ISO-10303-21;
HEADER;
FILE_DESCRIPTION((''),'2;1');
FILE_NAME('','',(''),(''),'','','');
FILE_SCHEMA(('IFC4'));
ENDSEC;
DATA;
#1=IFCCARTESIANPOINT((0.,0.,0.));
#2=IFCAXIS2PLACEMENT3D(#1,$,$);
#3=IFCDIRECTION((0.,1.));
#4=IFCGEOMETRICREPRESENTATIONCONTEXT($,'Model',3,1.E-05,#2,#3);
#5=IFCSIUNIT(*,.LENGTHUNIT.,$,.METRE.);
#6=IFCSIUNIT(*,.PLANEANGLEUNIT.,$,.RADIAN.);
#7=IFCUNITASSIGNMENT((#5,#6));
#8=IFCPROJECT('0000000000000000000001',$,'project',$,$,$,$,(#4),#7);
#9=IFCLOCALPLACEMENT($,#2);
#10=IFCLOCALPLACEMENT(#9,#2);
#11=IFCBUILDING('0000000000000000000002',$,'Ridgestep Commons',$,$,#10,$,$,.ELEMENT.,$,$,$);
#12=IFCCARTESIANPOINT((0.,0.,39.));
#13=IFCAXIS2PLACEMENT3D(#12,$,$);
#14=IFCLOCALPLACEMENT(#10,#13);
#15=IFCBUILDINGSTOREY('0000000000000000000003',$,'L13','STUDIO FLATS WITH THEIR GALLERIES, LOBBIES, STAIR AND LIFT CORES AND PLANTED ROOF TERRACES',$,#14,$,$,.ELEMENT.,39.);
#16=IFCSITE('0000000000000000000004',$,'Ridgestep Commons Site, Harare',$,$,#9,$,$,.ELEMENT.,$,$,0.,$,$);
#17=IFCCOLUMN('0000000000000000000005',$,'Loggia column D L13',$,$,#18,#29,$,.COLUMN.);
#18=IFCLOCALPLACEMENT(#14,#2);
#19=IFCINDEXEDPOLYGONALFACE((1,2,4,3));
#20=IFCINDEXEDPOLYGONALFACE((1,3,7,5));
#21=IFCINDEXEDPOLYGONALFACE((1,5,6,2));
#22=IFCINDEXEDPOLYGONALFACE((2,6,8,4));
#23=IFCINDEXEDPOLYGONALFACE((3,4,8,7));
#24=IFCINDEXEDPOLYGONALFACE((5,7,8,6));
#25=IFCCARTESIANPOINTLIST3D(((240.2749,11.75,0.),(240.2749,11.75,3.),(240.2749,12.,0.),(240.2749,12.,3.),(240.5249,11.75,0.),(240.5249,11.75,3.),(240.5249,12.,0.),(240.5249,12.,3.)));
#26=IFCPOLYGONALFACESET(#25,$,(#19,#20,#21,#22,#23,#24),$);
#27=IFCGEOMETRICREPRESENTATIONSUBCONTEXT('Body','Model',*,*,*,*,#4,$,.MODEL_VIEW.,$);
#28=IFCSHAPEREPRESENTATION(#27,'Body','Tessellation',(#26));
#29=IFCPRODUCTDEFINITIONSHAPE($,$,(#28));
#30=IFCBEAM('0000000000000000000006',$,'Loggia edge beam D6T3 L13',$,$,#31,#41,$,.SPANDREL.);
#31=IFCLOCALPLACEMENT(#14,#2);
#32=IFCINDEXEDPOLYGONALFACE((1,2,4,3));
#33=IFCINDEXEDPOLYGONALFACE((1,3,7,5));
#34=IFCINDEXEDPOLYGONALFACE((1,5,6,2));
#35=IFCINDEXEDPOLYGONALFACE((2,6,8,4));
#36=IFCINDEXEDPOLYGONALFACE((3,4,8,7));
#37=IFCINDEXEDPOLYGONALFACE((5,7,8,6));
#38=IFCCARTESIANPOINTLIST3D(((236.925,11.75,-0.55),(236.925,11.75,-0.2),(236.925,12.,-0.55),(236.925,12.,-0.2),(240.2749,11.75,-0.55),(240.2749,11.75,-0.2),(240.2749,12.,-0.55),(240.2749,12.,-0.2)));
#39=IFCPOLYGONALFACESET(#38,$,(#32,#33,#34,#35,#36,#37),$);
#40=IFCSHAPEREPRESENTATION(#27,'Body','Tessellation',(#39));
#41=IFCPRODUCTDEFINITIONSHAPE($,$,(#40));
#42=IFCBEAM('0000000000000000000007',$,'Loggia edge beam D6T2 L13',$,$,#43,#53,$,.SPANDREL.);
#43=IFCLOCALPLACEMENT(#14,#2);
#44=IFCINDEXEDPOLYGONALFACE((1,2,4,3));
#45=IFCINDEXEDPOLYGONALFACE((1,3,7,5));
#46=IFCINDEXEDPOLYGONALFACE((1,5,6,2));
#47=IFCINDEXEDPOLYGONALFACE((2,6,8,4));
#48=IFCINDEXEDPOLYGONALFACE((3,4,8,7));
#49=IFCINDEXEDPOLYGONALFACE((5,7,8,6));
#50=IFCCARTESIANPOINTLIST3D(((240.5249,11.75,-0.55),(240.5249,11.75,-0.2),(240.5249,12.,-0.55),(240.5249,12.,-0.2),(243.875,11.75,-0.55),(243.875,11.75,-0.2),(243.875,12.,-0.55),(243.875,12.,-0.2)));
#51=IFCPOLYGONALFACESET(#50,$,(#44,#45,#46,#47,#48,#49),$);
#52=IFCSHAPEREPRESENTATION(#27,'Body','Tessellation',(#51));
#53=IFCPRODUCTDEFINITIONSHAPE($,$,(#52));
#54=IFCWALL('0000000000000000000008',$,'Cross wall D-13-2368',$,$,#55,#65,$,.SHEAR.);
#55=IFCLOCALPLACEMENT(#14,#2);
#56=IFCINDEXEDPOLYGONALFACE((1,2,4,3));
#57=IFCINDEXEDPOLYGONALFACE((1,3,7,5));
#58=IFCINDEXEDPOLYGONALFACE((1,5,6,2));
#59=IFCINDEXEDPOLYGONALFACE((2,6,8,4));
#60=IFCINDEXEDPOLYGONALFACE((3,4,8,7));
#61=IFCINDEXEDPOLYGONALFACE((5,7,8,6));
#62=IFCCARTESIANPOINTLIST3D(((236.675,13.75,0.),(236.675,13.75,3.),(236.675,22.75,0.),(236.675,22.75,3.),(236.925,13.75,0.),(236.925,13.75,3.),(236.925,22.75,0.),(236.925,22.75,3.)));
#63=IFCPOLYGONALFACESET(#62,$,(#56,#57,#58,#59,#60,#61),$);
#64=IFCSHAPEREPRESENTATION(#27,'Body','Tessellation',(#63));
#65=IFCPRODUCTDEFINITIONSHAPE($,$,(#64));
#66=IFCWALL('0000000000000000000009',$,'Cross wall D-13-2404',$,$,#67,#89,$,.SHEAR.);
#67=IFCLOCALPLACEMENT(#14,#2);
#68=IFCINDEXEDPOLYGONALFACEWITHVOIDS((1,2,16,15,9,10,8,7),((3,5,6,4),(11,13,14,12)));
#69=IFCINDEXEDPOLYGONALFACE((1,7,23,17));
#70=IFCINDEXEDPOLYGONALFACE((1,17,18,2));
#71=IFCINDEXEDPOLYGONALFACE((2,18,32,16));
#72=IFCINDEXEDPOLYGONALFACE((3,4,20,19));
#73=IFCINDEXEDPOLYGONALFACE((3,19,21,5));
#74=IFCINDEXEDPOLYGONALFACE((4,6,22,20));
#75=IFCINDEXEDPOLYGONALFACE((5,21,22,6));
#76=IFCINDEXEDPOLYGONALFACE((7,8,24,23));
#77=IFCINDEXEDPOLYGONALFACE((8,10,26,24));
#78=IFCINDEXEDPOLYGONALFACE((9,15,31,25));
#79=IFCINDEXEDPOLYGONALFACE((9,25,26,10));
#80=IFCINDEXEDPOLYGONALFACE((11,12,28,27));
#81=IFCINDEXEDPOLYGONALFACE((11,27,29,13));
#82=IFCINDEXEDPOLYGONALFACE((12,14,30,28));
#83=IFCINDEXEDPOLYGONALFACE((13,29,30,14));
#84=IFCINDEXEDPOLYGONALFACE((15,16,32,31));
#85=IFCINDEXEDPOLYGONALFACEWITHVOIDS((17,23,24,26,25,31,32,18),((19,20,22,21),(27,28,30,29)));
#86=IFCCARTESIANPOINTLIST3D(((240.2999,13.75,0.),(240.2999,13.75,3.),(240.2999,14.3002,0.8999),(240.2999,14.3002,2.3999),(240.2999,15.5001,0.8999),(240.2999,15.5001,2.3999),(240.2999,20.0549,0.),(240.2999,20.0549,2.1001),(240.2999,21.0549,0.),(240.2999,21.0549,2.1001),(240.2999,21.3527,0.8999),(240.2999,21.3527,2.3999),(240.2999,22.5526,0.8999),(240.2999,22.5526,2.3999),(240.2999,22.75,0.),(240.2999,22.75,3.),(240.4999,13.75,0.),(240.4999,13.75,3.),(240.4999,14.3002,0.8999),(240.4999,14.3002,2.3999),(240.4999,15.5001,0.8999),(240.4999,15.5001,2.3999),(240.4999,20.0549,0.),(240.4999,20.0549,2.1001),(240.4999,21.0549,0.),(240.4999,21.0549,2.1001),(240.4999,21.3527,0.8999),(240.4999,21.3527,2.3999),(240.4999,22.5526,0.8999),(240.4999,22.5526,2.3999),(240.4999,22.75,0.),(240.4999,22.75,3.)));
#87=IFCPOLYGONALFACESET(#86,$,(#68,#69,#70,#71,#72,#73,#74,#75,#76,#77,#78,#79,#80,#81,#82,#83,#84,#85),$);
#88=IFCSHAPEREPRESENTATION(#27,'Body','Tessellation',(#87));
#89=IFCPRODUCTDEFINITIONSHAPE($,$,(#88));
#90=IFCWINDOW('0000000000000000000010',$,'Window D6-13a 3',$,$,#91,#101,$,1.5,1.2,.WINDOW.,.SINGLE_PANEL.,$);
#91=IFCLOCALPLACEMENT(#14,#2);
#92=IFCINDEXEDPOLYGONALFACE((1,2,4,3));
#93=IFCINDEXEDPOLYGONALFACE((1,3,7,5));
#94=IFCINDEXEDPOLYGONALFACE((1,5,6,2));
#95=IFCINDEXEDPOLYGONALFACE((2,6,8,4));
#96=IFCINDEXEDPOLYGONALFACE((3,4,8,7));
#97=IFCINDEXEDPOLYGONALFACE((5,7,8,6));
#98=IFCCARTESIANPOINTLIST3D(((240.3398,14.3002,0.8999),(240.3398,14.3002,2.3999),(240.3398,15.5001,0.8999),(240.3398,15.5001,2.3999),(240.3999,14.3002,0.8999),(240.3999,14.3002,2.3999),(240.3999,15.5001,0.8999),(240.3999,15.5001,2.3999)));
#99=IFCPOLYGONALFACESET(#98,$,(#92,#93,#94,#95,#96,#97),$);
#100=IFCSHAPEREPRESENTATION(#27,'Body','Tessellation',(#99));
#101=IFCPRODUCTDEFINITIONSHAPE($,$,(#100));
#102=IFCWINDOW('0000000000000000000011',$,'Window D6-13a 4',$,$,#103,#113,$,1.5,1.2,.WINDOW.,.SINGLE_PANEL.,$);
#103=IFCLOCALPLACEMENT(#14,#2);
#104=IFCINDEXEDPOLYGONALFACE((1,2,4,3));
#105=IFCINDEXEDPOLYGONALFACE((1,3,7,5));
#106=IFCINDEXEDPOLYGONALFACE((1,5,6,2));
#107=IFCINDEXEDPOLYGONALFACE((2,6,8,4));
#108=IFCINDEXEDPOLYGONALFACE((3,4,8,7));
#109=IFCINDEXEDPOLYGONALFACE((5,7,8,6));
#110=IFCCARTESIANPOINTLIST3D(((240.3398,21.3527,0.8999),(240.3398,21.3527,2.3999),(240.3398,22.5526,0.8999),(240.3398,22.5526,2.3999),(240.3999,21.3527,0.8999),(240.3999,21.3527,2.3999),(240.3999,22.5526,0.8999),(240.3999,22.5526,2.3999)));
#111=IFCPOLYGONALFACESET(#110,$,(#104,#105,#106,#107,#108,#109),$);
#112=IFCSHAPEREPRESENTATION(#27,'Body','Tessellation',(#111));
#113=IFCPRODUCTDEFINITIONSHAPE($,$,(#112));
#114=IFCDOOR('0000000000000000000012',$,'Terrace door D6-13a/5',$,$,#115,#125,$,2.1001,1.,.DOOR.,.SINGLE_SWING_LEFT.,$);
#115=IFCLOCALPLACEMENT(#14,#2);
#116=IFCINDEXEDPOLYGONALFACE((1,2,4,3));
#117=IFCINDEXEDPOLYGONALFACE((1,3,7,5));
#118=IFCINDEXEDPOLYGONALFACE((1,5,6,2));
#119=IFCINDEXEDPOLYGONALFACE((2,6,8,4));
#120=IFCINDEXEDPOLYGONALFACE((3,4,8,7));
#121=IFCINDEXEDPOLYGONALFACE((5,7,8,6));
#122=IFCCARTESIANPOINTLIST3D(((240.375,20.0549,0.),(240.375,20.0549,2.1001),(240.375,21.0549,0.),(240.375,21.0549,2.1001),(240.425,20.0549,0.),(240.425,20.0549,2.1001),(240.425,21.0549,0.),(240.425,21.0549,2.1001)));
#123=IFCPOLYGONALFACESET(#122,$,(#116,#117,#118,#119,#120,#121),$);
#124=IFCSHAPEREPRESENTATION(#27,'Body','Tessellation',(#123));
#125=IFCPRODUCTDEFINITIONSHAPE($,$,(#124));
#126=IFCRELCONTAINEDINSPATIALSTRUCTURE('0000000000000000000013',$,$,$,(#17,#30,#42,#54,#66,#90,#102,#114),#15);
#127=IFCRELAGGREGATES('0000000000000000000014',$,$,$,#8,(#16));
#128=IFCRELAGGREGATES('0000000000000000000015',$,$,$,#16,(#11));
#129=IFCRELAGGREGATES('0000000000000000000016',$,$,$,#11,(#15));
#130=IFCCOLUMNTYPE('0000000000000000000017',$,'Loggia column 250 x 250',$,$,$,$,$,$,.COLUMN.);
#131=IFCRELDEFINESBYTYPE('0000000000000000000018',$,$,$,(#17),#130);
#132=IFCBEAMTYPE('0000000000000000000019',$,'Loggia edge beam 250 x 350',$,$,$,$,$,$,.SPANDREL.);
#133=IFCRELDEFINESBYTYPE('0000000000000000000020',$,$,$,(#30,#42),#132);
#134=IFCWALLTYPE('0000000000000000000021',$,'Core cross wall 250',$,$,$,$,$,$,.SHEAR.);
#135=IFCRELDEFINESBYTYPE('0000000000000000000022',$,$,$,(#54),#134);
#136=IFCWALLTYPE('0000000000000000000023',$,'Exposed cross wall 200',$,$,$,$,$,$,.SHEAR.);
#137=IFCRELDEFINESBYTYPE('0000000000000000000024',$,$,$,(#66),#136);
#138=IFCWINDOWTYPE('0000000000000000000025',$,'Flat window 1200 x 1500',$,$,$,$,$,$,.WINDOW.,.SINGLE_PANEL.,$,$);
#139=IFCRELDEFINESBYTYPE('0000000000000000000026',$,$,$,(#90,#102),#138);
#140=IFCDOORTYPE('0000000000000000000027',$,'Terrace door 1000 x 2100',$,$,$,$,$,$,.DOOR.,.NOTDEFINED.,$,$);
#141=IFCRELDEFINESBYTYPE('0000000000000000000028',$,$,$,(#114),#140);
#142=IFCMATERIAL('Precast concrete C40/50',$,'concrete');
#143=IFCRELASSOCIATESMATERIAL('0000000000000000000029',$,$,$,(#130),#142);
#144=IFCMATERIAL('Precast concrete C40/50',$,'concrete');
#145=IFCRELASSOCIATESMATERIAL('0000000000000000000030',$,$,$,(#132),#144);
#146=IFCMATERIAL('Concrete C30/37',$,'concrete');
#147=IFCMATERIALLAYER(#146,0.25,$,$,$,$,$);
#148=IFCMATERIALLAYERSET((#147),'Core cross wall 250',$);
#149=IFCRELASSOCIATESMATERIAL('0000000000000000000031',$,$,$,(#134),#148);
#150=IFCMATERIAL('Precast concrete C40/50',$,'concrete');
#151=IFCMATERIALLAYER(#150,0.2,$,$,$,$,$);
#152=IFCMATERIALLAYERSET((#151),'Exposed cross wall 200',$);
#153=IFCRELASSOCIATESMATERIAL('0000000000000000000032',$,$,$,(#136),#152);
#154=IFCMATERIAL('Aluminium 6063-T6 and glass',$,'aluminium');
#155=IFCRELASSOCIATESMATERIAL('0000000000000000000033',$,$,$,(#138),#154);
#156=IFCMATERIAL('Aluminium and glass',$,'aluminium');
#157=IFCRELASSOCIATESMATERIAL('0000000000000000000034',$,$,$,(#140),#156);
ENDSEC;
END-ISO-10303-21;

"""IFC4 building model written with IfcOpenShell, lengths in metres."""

from ifc_helpers import new_model, si_unit, direction, frame, frame_2d, origin, origin_2d, place, context, subcontext, project, spatial, rectangle, extrude, material, layer, layer_set, material_profile, profile_set, type_object, element, fill, save


model = new_model("IFC4")

# Units and contexts
model_context = context("Model", 3, precision=1e-05, world=origin(), true_north=direction((0.0, 1.0)))
body_context = subcontext(model_context, "Body", "Model", "MODEL_VIEW")
ifc_project = project(units=[si_unit("LENGTHUNIT", "METRE"), si_unit("PLANEANGLEUNIT", "RADIAN")], contexts=[model_context])

# Site, building, storey
site_placement = place(None, origin())
site = spatial("IfcSite", under=ifc_project, at=site_placement, Name="Ridgestep Commons Site, Harare", CompositionType="ELEMENT", RefElevation=0.0)
building_placement = place(site_placement, origin())
building = spatial("IfcBuilding", under=site, at=building_placement, Name="Ridgestep Commons", CompositionType="ELEMENT")
storey_placement = place(building_placement, frame((0.0, 0.0, 39.0)))
storey = spatial("IfcBuildingStorey", under=building, at=storey_placement, Name="L13", Description="STUDIO FLATS WITH THEIR GALLERIES, LOBBIES, STAIR AND LIFT CORES AND PLANTED ROOF TERRACES", CompositionType="ELEMENT", Elevation=39.0)

# Column
ifc_material_1 = material(Name="Precast concrete C40/50", Category="concrete")
ifc_material_profile_1 = material_profile(ifc_material_1, rectangle(XDim=0.25, YDim=0.25, at=origin_2d()), Name="PC 250x250")
ifc_profile_set_1 = profile_set([ifc_material_profile_1], Name="Precast concrete C40/50")
column_type = type_object("IfcColumnType", Name="Loggia column 250 x 250", PredefinedType="COLUMN", material=ifc_profile_set_1)
column_placement = place(storey_placement, frame((240.3999, 11.875, 0.0), z_axis=(0.0, 0.0, 1.0), x_axis=(1.0, 0.0, 0.0)))
element("IfcColumn", 1, at=column_placement, inside=storey, type_object=column_type, Name="Loggia column D L13", PredefinedType="COLUMN", context=body_context, shape_type="SweptSolid", body=[
    extrude(rectangle(XDim=0.25, YDim=0.25, at=origin_2d()), origin(), (0.0, 0.0, 1.0), 3.0),
])

# Beams
ifc_material_2 = material(Name="Precast concrete C40/50", Category="concrete")
ifc_material_profile_2 = material_profile(ifc_material_2, rectangle(XDim=0.25, YDim=0.3501, at=origin_2d()), Name="PC 250x350")
ifc_profile_set_2 = profile_set([ifc_material_profile_2], Name="Precast concrete C40/50")
beam_type = type_object("IfcBeamType", Name="Loggia edge beam 250 x 350", PredefinedType="SPANDREL", material=ifc_profile_set_2)
beam_1_placement = place(storey_placement, frame((236.925, 11.875, -0.375), z_axis=(1.0, 0.0, 0.0), x_axis=(0.0, 1.0, 0.0)))
element("IfcBeam", 2, at=beam_1_placement, inside=storey, type_object=beam_type, Name="Loggia edge beam D6T3 L13", PredefinedType="SPANDREL", context=body_context, shape_type="SweptSolid", body=[
    extrude(rectangle(XDim=0.25, YDim=0.3501, at=origin_2d()), origin(), (0.0, 0.0, 1.0), 3.3499),
])
beam_2_placement = place(storey_placement, frame((240.5249, 11.875, -0.375), z_axis=(1.0, 0.0, 0.0), x_axis=(0.0, 1.0, 0.0)))
element("IfcBeam", 3, at=beam_2_placement, inside=storey, type_object=beam_type, Name="Loggia edge beam D6T2 L13", PredefinedType="SPANDREL", context=body_context, shape_type="SweptSolid", body=[
    extrude(rectangle(XDim=0.25, YDim=0.3501, at=origin_2d()), origin(), (0.0, 0.0, 1.0), 3.3501),
])

# Wall
ifc_material_3 = material(Name="Concrete C30/37", Category="concrete")
ifc_layer_1 = layer(ifc_material_3, 0.25)
ifc_layer_set_1 = layer_set([ifc_layer_1], Name="Core cross wall 250")
wall_type_1 = type_object("IfcWallType", Name="Core cross wall 250", PredefinedType="SHEAR", material=ifc_layer_set_1)
wall_1_placement = place(storey_placement, frame((236.8, 13.75, 0.0), z_axis=(0.0, 0.0, 1.0), x_axis=(0.0, 1.0, 0.0)))
element("IfcWall", 4, at=wall_1_placement, inside=storey, type_object=wall_type_1, Name="Cross wall D-13-2368", PredefinedType="SHEAR", context=body_context, shape_type="SweptSolid", body=[
    extrude(rectangle(XDim=9.0, YDim=0.25, at=frame_2d((4.5, 0.0))), origin(), (0.0, 0.0, 1.0), 3.0),
])

# Wall, openings, windows, door
ifc_material_4 = material(Name="Precast concrete C40/50", Category="concrete")
ifc_layer_2 = layer(ifc_material_4, 0.2)
ifc_layer_set_2 = layer_set([ifc_layer_2], Name="Exposed cross wall 200")
wall_type_2 = type_object("IfcWallType", Name="Exposed cross wall 200", PredefinedType="SHEAR", material=ifc_layer_set_2)
wall_2_placement = place(storey_placement, frame((240.3999, 13.75, 0.0), z_axis=(0.0, 0.0, 1.0), x_axis=(0.0, 1.0, 0.0)))
wall_2 = element("IfcWall", 5, at=wall_2_placement, inside=storey, type_object=wall_type_2, Name="Cross wall D-13-2404", PredefinedType="SHEAR", context=body_context, shape_type="SweptSolid", body=[
    extrude(rectangle(XDim=9.0, YDim=0.2, at=frame_2d((4.5, 0.0))), origin(), (0.0, 0.0, 1.0), 3.0),
])
opening_1_placement = place(wall_2_placement, frame((0.55, 0.0, 0.8999)))
opening_1 = element("IfcOpeningElement", 6, at=opening_1_placement, cuts=wall_2, PredefinedType="OPENING", context=body_context, shape_type="SweptSolid", body=[
    extrude(rectangle(XDim=1.2, YDim=1.5, at=frame_2d((0.6001, 0.75))), frame((0.0, 0.1099, 0.0), z_axis=(0.0, -1.0, 0.0), x_axis=(1.0, 0.0, 0.0)), (0.0, 0.0, 1.0), 0.22),
])
opening_2_placement = place(wall_2_placement, frame((7.6025, 0.0, 0.8999)))
opening_2 = element("IfcOpeningElement", 7, at=opening_2_placement, cuts=wall_2, PredefinedType="OPENING", context=body_context, shape_type="SweptSolid", body=[
    extrude(rectangle(XDim=1.2, YDim=1.5, at=frame_2d((0.6001, 0.75))), frame((0.0, 0.1099, 0.0), z_axis=(0.0, -1.0, 0.0), x_axis=(1.0, 0.0, 0.0)), (0.0, 0.0, 1.0), 0.22),
])
opening_3_placement = place(wall_2_placement, frame((6.3049, 0.0, 0.0)))
opening_3 = element("IfcOpeningElement", 8, at=opening_3_placement, cuts=wall_2, PredefinedType="OPENING", context=body_context, shape_type="SweptSolid", body=[
    extrude(rectangle(XDim=1.0, YDim=2.1001, at=frame_2d((0.5, 1.05))), frame((0.0, 0.1099, 0.0), z_axis=(0.0, -1.0, 0.0), x_axis=(1.0, 0.0, 0.0)), (0.0, 0.0, 1.0), 0.22),
])
ifc_material_5 = material(Name="Aluminium 6063-T6 and glass", Category="aluminium")
window_type_1 = type_object("IfcWindowType", Name="Flat window 1200 x 1500", PartitioningType="SINGLE_PANEL", PredefinedType="WINDOW", material=ifc_material_5)
window_1_placement = place(opening_1_placement, origin())
window_1 = element("IfcWindow", 9, at=window_1_placement, inside=storey, type_object=window_type_1, Name="Window D6-13a 3", OverallHeight=1.5, OverallWidth=1.2, PartitioningType="SINGLE_PANEL", PredefinedType="WINDOW", context=body_context, shape_type="SweptSolid", body=[
    extrude(rectangle(XDim=1.2, YDim=1.5, at=frame_2d((0.6001, 0.75))), frame((0.0, 0.0601, 0.0), z_axis=(0.0, -1.0, 0.0), x_axis=(1.0, 0.0, 0.0)), (0.0, 0.0, 1.0), 0.0601),
])
fill(opening_1, window_1)
window_2_placement = place(opening_2_placement, origin())
window_2 = element("IfcWindow", 10, at=window_2_placement, inside=storey, type_object=window_type_1, Name="Window D6-13a 4", OverallHeight=1.5, OverallWidth=1.2, PartitioningType="SINGLE_PANEL", PredefinedType="WINDOW", context=body_context, shape_type="SweptSolid", body=[
    extrude(rectangle(XDim=1.2, YDim=1.5, at=frame_2d((0.6001, 0.75))), frame((0.0, 0.0601, 0.0), z_axis=(0.0, -1.0, 0.0), x_axis=(1.0, 0.0, 0.0)), (0.0, 0.0, 1.0), 0.0601),
])
fill(opening_2, window_2)
ifc_material_6 = material(Name="Aluminium and glass", Category="aluminium")
door_type_1 = type_object("IfcDoorType", Name="Terrace door 1000 x 2100", OperationType="NOTDEFINED", PredefinedType="DOOR", material=ifc_material_6)
door_1_placement = place(opening_3_placement, origin())
door_1 = element("IfcDoor", 11, at=door_1_placement, inside=storey, type_object=door_type_1, Name="Terrace door D6-13a/5", OperationType="SINGLE_SWING_LEFT", OverallHeight=2.1001, OverallWidth=1.0, PredefinedType="DOOR", context=body_context, shape_type="SweptSolid", body=[
    extrude(rectangle(XDim=1.0, YDim=2.1001, at=frame_2d((0.5, 1.05))), frame((0.0, 0.0249, 0.0), z_axis=(0.0, -1.0, 0.0), x_axis=(1.0, 0.0, 0.0)), (0.0, 0.0, 1.0), 0.05),
])
fill(opening_3, door_1)

save(model, "model.ifc")
